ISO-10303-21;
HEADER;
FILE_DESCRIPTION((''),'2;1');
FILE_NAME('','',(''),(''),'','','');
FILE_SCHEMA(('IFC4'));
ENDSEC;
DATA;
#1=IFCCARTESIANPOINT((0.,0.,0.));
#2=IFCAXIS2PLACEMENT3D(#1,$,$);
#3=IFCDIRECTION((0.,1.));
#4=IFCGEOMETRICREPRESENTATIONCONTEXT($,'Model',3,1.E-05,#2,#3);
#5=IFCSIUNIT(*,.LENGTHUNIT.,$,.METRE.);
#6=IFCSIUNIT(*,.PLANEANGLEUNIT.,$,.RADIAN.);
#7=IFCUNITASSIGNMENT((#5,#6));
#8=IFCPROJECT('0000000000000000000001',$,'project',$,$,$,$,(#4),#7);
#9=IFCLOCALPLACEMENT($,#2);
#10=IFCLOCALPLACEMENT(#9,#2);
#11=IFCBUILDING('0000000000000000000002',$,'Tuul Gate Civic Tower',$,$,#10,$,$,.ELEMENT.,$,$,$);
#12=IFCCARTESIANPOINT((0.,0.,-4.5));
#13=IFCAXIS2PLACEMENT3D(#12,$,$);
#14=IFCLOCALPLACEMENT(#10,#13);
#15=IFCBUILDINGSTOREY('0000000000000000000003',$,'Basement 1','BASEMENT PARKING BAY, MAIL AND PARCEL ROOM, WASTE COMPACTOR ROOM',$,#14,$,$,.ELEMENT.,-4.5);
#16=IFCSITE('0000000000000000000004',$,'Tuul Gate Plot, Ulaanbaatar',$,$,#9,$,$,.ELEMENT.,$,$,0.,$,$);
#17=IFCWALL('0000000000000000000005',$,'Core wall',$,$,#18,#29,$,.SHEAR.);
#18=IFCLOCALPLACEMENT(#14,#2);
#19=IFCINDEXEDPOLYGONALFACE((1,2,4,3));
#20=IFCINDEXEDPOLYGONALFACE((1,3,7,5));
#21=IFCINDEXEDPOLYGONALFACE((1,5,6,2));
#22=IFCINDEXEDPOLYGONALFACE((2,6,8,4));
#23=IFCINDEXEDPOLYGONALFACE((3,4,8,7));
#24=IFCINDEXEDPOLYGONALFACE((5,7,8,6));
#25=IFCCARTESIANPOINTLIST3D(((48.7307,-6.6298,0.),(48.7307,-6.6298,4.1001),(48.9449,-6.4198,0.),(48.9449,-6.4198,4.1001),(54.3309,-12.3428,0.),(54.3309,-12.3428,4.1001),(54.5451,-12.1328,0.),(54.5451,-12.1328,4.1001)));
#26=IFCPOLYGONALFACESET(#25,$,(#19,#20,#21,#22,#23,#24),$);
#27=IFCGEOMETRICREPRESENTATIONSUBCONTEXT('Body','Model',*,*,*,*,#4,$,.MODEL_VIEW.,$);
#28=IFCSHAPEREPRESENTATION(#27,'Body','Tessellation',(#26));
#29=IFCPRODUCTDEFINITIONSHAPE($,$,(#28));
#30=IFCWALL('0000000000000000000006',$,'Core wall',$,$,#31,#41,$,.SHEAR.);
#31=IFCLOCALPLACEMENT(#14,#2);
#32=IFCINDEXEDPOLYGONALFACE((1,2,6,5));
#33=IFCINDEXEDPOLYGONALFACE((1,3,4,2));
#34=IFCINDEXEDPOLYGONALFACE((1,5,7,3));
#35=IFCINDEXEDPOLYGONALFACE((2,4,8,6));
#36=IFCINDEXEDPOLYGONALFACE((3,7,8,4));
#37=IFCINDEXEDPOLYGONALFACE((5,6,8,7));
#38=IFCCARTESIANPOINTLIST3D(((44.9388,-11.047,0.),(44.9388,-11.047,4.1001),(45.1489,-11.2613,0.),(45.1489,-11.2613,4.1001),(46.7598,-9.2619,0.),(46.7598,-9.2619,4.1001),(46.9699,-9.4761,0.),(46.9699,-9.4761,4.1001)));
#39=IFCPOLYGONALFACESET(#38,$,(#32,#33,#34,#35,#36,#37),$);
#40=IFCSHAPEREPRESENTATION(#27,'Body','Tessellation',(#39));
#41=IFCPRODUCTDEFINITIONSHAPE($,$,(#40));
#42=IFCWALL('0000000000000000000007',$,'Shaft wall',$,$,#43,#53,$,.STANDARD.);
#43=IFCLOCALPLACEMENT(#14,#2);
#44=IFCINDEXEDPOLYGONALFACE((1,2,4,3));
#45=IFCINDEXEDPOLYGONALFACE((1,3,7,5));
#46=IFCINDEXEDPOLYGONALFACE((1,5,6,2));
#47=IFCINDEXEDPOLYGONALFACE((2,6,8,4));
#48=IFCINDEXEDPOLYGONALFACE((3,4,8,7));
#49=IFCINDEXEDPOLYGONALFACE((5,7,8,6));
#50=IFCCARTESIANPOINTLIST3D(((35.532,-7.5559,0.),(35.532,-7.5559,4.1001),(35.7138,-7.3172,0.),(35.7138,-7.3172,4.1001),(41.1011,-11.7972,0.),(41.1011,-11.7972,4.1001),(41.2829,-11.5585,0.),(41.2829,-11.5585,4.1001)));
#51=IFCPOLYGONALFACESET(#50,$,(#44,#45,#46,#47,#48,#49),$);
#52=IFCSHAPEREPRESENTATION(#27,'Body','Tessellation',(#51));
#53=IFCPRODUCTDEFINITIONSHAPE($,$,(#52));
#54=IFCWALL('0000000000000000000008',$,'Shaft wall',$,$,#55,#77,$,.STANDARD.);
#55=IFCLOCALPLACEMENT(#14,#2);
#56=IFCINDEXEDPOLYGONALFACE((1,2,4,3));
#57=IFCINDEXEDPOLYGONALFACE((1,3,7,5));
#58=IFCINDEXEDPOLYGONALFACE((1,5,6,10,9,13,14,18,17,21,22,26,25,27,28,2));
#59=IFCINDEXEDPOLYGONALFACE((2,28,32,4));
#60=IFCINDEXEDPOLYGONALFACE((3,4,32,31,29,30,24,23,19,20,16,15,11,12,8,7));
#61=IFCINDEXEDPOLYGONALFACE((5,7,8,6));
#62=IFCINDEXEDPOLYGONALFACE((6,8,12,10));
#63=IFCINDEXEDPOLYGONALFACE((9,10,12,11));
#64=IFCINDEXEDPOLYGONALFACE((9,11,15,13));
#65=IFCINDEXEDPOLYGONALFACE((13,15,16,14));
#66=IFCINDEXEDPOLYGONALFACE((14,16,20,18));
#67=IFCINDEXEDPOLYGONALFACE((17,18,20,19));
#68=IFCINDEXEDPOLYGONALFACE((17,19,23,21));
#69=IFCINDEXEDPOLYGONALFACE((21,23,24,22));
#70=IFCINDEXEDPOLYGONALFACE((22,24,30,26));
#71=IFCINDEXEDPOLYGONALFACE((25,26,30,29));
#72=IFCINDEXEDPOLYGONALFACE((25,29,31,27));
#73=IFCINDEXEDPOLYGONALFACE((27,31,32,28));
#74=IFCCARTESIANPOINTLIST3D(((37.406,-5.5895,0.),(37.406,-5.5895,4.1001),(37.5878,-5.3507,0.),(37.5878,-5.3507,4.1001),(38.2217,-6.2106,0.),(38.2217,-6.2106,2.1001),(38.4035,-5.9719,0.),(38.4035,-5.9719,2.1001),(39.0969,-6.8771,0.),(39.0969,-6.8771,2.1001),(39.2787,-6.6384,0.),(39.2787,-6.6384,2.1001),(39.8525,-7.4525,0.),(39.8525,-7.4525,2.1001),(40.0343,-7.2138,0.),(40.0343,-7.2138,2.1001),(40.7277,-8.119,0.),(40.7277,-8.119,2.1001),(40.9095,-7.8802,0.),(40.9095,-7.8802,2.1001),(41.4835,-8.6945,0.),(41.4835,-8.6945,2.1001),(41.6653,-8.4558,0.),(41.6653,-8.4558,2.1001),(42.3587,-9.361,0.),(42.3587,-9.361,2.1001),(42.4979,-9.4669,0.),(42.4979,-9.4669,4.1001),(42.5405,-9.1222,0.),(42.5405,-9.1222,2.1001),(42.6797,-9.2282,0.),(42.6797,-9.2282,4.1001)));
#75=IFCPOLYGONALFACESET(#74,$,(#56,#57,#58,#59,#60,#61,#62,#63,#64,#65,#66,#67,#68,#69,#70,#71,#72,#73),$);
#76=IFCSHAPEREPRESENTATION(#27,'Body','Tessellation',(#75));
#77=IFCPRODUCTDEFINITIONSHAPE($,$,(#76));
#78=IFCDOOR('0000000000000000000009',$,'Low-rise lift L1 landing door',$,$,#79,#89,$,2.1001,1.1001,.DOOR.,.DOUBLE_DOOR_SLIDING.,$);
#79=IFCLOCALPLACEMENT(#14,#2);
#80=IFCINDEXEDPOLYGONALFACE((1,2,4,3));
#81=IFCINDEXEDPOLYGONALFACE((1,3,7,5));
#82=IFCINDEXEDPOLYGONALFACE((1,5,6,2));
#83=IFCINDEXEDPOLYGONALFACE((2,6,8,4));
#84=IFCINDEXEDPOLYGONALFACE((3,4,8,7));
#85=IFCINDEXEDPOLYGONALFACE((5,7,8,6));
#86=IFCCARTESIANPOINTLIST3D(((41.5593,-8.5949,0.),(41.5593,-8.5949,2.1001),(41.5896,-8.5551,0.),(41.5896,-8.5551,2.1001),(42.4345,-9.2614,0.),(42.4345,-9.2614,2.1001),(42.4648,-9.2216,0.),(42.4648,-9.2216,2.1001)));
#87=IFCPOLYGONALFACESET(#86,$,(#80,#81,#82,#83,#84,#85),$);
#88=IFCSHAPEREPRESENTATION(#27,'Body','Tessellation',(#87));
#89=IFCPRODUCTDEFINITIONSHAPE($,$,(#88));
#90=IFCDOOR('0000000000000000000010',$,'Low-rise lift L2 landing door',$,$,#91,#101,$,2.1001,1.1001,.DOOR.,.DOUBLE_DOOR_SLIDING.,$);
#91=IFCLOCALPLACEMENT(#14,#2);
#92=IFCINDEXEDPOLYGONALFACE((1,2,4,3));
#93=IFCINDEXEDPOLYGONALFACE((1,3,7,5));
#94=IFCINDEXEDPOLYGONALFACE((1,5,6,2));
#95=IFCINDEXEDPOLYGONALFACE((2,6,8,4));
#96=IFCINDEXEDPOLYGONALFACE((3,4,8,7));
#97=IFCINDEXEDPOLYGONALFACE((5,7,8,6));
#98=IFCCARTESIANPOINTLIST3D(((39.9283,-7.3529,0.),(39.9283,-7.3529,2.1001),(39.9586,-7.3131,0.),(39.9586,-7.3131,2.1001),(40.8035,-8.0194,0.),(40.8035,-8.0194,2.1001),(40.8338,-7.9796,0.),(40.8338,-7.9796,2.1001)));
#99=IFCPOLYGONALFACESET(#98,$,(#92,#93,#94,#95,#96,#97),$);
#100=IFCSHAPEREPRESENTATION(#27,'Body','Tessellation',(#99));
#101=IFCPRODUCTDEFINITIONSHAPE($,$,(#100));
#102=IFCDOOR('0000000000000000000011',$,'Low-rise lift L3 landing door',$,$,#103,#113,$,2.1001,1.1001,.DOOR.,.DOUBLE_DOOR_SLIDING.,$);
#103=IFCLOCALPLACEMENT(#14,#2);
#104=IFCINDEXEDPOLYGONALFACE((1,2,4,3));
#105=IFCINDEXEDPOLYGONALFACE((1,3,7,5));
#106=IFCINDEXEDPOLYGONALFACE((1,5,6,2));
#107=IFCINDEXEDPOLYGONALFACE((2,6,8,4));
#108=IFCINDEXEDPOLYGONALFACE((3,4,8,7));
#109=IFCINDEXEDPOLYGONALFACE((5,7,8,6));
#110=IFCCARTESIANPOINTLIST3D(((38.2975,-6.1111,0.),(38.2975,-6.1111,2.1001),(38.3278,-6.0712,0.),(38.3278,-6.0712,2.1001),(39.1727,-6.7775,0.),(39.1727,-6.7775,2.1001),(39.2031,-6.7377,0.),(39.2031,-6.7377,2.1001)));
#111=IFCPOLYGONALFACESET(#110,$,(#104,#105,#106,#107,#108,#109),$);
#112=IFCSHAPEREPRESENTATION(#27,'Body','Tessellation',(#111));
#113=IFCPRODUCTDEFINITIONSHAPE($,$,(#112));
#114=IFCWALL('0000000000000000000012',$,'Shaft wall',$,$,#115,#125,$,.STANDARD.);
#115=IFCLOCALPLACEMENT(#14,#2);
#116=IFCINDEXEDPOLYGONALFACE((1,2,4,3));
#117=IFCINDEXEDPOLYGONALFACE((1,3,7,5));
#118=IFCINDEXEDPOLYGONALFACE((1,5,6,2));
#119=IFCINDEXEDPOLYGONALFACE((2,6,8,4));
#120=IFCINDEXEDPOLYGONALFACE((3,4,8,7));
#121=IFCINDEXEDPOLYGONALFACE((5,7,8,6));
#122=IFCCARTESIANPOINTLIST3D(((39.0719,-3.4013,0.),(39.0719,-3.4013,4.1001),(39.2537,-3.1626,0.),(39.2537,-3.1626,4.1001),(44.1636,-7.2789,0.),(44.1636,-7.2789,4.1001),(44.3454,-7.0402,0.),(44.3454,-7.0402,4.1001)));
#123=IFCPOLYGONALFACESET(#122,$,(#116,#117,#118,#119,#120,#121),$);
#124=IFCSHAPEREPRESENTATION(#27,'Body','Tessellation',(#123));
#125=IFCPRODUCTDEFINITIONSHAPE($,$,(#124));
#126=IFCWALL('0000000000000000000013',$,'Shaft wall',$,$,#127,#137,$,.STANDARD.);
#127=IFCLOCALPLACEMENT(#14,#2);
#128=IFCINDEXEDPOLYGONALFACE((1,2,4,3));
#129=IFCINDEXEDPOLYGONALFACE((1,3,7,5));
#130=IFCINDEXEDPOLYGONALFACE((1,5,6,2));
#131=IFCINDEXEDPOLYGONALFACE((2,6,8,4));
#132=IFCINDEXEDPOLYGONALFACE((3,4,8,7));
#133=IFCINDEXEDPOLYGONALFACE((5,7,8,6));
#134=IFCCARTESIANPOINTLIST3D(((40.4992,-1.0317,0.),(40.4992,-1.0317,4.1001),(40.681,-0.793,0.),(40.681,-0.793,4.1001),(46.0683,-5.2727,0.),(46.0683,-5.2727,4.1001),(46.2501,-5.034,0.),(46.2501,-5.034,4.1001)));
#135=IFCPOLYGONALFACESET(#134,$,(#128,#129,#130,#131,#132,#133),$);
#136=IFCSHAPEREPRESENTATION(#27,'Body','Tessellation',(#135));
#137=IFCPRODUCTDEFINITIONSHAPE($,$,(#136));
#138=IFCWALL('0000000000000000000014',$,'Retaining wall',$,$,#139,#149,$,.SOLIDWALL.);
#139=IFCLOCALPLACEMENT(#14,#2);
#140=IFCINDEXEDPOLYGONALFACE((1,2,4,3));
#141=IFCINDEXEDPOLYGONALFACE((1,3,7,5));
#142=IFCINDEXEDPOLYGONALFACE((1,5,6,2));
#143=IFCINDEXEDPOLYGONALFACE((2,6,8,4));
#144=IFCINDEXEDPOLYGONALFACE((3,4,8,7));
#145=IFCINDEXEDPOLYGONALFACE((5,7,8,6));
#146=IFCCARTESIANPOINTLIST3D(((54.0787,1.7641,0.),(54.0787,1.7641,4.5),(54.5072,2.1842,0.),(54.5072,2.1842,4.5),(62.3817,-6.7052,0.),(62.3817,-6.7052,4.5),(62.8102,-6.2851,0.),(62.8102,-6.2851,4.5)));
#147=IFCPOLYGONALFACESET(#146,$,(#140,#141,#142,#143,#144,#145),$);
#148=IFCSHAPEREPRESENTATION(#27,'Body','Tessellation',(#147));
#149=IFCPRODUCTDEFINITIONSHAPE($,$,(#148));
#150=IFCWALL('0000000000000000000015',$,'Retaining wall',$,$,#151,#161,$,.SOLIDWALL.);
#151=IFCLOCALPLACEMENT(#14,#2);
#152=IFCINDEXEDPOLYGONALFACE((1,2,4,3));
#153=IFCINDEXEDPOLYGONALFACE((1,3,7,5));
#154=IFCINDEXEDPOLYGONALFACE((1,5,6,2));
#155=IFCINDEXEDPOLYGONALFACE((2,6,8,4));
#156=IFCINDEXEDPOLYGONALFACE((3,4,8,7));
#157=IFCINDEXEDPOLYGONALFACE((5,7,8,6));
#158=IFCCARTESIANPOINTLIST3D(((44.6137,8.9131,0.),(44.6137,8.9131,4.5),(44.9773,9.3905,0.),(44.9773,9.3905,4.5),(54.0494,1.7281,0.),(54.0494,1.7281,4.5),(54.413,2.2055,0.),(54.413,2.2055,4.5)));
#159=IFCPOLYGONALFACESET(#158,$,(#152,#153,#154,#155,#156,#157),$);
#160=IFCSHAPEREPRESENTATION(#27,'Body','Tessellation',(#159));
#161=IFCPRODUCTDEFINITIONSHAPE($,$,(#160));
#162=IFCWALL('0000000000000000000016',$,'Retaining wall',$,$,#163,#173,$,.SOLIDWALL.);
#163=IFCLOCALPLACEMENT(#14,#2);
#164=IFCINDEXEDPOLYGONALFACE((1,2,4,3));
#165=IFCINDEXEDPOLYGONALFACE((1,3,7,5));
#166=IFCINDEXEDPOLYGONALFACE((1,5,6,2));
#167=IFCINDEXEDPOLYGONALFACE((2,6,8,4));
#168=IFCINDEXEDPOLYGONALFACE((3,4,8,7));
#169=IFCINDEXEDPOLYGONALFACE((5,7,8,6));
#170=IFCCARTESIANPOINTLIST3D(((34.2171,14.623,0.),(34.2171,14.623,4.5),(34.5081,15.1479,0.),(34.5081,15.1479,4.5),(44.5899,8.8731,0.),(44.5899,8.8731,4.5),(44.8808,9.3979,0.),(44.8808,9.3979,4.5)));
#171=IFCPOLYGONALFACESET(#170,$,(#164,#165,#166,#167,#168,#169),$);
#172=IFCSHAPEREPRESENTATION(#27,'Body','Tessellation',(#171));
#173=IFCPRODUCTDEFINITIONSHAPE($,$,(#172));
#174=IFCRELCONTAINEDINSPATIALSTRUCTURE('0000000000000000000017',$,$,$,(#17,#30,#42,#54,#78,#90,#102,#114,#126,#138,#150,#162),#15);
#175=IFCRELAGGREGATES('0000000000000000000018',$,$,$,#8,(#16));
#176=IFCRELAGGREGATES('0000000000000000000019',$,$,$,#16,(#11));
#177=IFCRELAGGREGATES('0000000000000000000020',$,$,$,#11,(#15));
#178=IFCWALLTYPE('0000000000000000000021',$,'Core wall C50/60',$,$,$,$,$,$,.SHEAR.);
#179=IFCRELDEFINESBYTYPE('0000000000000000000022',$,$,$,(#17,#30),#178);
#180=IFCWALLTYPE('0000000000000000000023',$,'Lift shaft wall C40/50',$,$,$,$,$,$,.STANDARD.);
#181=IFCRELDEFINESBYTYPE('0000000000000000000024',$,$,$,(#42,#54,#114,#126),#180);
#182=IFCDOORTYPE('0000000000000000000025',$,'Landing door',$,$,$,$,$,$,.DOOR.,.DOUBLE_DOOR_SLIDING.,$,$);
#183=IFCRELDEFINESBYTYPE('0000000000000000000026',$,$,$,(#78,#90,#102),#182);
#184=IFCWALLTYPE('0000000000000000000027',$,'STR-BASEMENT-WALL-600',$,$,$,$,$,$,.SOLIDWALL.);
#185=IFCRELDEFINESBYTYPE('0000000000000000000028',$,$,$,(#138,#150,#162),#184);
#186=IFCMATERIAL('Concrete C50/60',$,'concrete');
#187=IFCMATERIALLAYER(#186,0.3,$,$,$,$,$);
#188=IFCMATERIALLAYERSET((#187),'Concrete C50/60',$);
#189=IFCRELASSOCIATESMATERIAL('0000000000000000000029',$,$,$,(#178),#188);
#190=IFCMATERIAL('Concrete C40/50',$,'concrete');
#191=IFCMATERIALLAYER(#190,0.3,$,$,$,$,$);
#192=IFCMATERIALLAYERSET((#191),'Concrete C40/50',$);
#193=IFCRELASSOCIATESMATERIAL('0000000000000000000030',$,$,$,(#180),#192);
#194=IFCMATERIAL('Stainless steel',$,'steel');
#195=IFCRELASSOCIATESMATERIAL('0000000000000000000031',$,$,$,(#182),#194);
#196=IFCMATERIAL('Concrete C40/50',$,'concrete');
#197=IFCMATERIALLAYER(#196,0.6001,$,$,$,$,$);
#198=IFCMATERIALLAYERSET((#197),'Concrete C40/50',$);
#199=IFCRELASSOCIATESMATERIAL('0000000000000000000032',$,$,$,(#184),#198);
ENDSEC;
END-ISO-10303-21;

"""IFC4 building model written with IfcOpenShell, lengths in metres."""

from ifc_helpers import new_model, si_unit, direction, frame, frame_2d, origin, place, context, subcontext, project, spatial, rectangle, extrude, material, layer, layer_set, type_object, element, fill, save


model = new_model("IFC4")

# Units and contexts
model_context = context("Model", 3, precision=1e-05, world=origin(), true_north=direction((0.0, 1.0)))
body_context = subcontext(model_context, "Body", "Model", "MODEL_VIEW")
ifc_project = project(units=[si_unit("LENGTHUNIT", "METRE"), si_unit("PLANEANGLEUNIT", "RADIAN")], contexts=[model_context])

# Site, building, storey
site_placement = place(None, origin())
site = spatial("IfcSite", under=ifc_project, at=site_placement, Name="Tuul Gate Plot, Ulaanbaatar", CompositionType="ELEMENT", RefElevation=0.0)
building_placement = place(site_placement, origin())
building = spatial("IfcBuilding", under=site, at=building_placement, Name="Tuul Gate Civic Tower", CompositionType="ELEMENT")
storey_placement = place(building_placement, frame((0.0, 0.0, -4.5)))
storey = spatial("IfcBuildingStorey", under=building, at=storey_placement, Name="Basement 1", Description="BASEMENT PARKING BAY, MAIL AND PARCEL ROOM, WASTE COMPACTOR ROOM", CompositionType="ELEMENT", Elevation=-4.5)

# Walls
ifc_material_1 = material(Name="Concrete C50/60", Category="concrete")
ifc_layer_1 = layer(ifc_material_1, 0.3)
ifc_layer_set_1 = layer_set([ifc_layer_1], Name="Concrete C50/60")
wall_type_1 = type_object("IfcWallType", Name="Core wall C50/60", PredefinedType="SHEAR", material=ifc_layer_set_1)
wall_1_placement = place(storey_placement, frame((54.438, -12.2378, 0.0), z_axis=(0.0, 0.0, 1.0), x_axis=(-0.700022, 0.714121, 0.0)))
element("IfcWall", 1, at=wall_1_placement, inside=storey, type_object=wall_type_1, Name="Core wall", PredefinedType="SHEAR", context=body_context, shape_type="SweptSolid", body=[
    extrude(rectangle(XDim=8.0, YDim=0.3, at=frame_2d((4.0, 0.0))), origin(), (0.0, 0.0, 1.0), 4.1001),
])
wall_2_placement = place(storey_placement, frame((45.0439, -11.1541, 0.0), z_axis=(0.0, 0.0, 1.0), x_axis=(0.714108, 0.700035, 0.0)))
element("IfcWall", 2, at=wall_2_placement, inside=storey, type_object=wall_type_1, Name="Core wall", PredefinedType="SHEAR", context=body_context, shape_type="SweptSolid", body=[
    extrude(rectangle(XDim=2.55, YDim=0.3, at=frame_2d((1.2749, 0.0))), origin(), (0.0, 0.0, 1.0), 4.1001),
])
ifc_material_2 = material(Name="Concrete C40/50", Category="concrete")
ifc_layer_2 = layer(ifc_material_2, 0.3)
ifc_layer_set_2 = layer_set([ifc_layer_2], Name="Concrete C40/50")
wall_type_2 = type_object("IfcWallType", Name="Lift shaft wall C40/50", PredefinedType="STANDARD", material=ifc_layer_set_2)
wall_3_placement = place(storey_placement, frame((41.1919, -11.6777, 0.0), z_axis=(0.0, 0.0, 1.0), x_axis=(-0.795563, 0.605871, 0.0)))
element("IfcWall", 3, at=wall_3_placement, inside=storey, type_object=wall_type_2, Name="Shaft wall", PredefinedType="STANDARD", context=body_context, shape_type="SweptSolid", body=[
    extrude(rectangle(XDim=7.0002, YDim=0.3, at=frame_2d((3.5, 0.0))), origin(), (0.0, 0.0, 1.0), 4.1001),
])

# Wall, openings, doors
wall_4_placement = place(storey_placement, frame((42.5889, -9.3477, 0.0), z_axis=(0.0, 0.0, 1.0), x_axis=(-0.795584, 0.605843, 0.0)))
wall_4 = element("IfcWall", 4, at=wall_4_placement, inside=storey, type_object=wall_type_2, Name="Shaft wall", PredefinedType="STANDARD", context=body_context, shape_type="SweptSolid", body=[
    extrude(rectangle(XDim=6.4001, YDim=0.3, at=frame_2d((3.2002, 0.0))), origin(), (0.0, 0.0, 1.0), 4.1001),
])
opening_1_placement = place(wall_4_placement, frame((0.175, 0.0, 0.0)))
opening_1 = element("IfcOpeningElement", 5, at=opening_1_placement, cuts=wall_4, PredefinedType="OPENING", context=body_context, shape_type="SweptSolid", body=[
    extrude(rectangle(XDim=1.1001, YDim=2.1001, at=frame_2d((0.55, 1.05))), frame((0.0, 0.1602, 0.0), z_axis=(0.0, -1.0, 0.0), x_axis=(1.0, 0.0, 0.0)), (0.0, 0.0, 1.0), 0.3201),
])
opening_2_placement = place(wall_4_placement, frame((2.2251, 0.0, 0.0)))
opening_2 = element("IfcOpeningElement", 6, at=opening_2_placement, cuts=wall_4, PredefinedType="OPENING", context=body_context, shape_type="SweptSolid", body=[
    extrude(rectangle(XDim=1.1001, YDim=2.1001, at=frame_2d((0.55, 1.05))), frame((0.0, 0.1602, 0.0), z_axis=(0.0, -1.0, 0.0), x_axis=(1.0, 0.0, 0.0)), (0.0, 0.0, 1.0), 0.3201),
])
opening_3_placement = place(wall_4_placement, frame((4.2749, 0.0, 0.0)))
opening_3 = element("IfcOpeningElement", 7, at=opening_3_placement, cuts=wall_4, PredefinedType="OPENING", context=body_context, shape_type="SweptSolid", body=[
    extrude(rectangle(XDim=1.1001, YDim=2.1001, at=frame_2d((0.55, 1.05))), frame((0.0, 0.1602, 0.0), z_axis=(0.0, -1.0, 0.0), x_axis=(1.0, 0.0, 0.0)), (0.0, 0.0, 1.0), 0.3201),
])
ifc_material_3 = material(Name="Stainless steel", Category="steel")
door_type = type_object("IfcDoorType", Name="Landing door", OperationType="DOUBLE_DOOR_SLIDING", PredefinedType="DOOR", material=ifc_material_3)
door_1_placement = place(opening_1_placement, origin())
door_1 = element("IfcDoor", 8, at=door_1_placement, inside=storey, type_object=door_type, Name="Low-rise lift L1 landing door", OperationType="DOUBLE_DOOR_SLIDING", OverallHeight=2.1001, OverallWidth=1.1001, PredefinedType="DOOR", context=body_context, shape_type="SweptSolid", body=[
    extrude(rectangle(XDim=1.1001, YDim=2.1001, at=frame_2d((0.55, 1.05))), frame((0.0, 0.0249, 0.0), z_axis=(0.0, -1.0, 0.0), x_axis=(1.0, 0.0, 0.0)), (0.0, 0.0, 1.0), 0.05),
])
fill(opening_1, door_1)
door_2_placement = place(opening_2_placement, origin())
door_2 = element("IfcDoor", 9, at=door_2_placement, inside=storey, type_object=door_type, Name="Low-rise lift L2 landing door", OperationType="DOUBLE_DOOR_SLIDING", OverallHeight=2.1001, OverallWidth=1.1001, PredefinedType="DOOR", context=body_context, shape_type="SweptSolid", body=[
    extrude(rectangle(XDim=1.1001, YDim=2.1001, at=frame_2d((0.55, 1.05))), frame((0.0, 0.0249, 0.0), z_axis=(0.0, -1.0, 0.0), x_axis=(1.0, 0.0, 0.0)), (0.0, 0.0, 1.0), 0.05),
])
fill(opening_2, door_2)
door_3_placement = place(opening_3_placement, origin())
door_3 = element("IfcDoor", 10, at=door_3_placement, inside=storey, type_object=door_type, Name="Low-rise lift L3 landing door", OperationType="DOUBLE_DOOR_SLIDING", OverallHeight=2.1001, OverallWidth=1.1001, PredefinedType="DOOR", context=body_context, shape_type="SweptSolid", body=[
    extrude(rectangle(XDim=1.1001, YDim=2.1001, at=frame_2d((0.55, 1.05))), frame((0.0, 0.0249, 0.0), z_axis=(0.0, -1.0, 0.0), x_axis=(1.0, 0.0, 0.0)), (0.0, 0.0, 1.0), 0.05),
])
fill(opening_3, door_3)

# Walls
wall_5_placement = place(storey_placement, frame((44.2546, -7.1597, 0.0), z_axis=(0.0, 0.0, 1.0), x_axis=(-0.795566, 0.605867, 0.0)))
element("IfcWall", 11, at=wall_5_placement, inside=storey, type_object=wall_type_2, Name="Shaft wall", PredefinedType="STANDARD", context=body_context, shape_type="SweptSolid", body=[
    extrude(rectangle(XDim=6.4001, YDim=0.3, at=frame_2d((3.2002, 0.0))), origin(), (0.0, 0.0, 1.0), 4.1001),
])
wall_6_placement = place(storey_placement, frame((46.1592, -5.1533, 0.0), z_axis=(0.0, 0.0, 1.0), x_axis=(-0.79558, 0.605849, 0.0)))
element("IfcWall", 12, at=wall_6_placement, inside=storey, type_object=wall_type_2, Name="Shaft wall", PredefinedType="STANDARD", context=body_context, shape_type="SweptSolid", body=[
    extrude(rectangle(XDim=7.0, YDim=0.3, at=frame_2d((3.5, 0.0))), origin(), (0.0, 0.0, 1.0), 4.1001),
])
ifc_material_4 = material(Name="Concrete C40/50", Category="concrete")
ifc_layer_3 = layer(ifc_material_4, 0.6001)
ifc_layer_set_3 = layer_set([ifc_layer_3], Name="Concrete C40/50")
wall_type_3 = type_object("IfcWallType", Name="STR-BASEMENT-WALL-600", PredefinedType="SOLIDWALL", material=ifc_layer_set_3)
wall_7_placement = place(storey_placement, frame((62.5959, -6.4951, 0.0), z_axis=(0.0, 0.0, 1.0), x_axis=(-0.700063, 0.714081, 0.0)))
element("IfcWall", 13, at=wall_7_placement, inside=storey, type_object=wall_type_3, Name="Retaining wall", PredefinedType="SOLIDWALL", context=body_context, shape_type="SweptSolid", body=[
    extrude(rectangle(XDim=11.8604, YDim=0.6001, at=frame_2d((5.9302, 0.0))), origin(), (0.0, 0.0, 1.0), 4.5),
])
for number, where, z_axis, x_axis, name in (
    (14, (54.2312, 1.9668, 0.0), (0.0, 0.0, 1.0), (-0.795599, 0.605824, 0.0), "Retaining wall"),
    (15, (44.7354, 9.1355, 0.0), (0.0, 0.0, 1.0), (-0.87461, 0.484826, 0.0), "Retaining wall"),
):
    element("IfcWall", number, at=place(storey_placement, frame(where, z_axis=z_axis, x_axis=x_axis)), inside=storey, type_object=wall_type_3, Name=name, PredefinedType="SOLIDWALL", context=body_context, shape_type="SweptSolid", body=[
        extrude(rectangle(XDim=11.8599, YDim=0.6001, at=frame_2d((5.9299, 0.0))), origin(), (0.0, 0.0, 1.0), 4.5),
    ])

save(model, "model.ifc")
